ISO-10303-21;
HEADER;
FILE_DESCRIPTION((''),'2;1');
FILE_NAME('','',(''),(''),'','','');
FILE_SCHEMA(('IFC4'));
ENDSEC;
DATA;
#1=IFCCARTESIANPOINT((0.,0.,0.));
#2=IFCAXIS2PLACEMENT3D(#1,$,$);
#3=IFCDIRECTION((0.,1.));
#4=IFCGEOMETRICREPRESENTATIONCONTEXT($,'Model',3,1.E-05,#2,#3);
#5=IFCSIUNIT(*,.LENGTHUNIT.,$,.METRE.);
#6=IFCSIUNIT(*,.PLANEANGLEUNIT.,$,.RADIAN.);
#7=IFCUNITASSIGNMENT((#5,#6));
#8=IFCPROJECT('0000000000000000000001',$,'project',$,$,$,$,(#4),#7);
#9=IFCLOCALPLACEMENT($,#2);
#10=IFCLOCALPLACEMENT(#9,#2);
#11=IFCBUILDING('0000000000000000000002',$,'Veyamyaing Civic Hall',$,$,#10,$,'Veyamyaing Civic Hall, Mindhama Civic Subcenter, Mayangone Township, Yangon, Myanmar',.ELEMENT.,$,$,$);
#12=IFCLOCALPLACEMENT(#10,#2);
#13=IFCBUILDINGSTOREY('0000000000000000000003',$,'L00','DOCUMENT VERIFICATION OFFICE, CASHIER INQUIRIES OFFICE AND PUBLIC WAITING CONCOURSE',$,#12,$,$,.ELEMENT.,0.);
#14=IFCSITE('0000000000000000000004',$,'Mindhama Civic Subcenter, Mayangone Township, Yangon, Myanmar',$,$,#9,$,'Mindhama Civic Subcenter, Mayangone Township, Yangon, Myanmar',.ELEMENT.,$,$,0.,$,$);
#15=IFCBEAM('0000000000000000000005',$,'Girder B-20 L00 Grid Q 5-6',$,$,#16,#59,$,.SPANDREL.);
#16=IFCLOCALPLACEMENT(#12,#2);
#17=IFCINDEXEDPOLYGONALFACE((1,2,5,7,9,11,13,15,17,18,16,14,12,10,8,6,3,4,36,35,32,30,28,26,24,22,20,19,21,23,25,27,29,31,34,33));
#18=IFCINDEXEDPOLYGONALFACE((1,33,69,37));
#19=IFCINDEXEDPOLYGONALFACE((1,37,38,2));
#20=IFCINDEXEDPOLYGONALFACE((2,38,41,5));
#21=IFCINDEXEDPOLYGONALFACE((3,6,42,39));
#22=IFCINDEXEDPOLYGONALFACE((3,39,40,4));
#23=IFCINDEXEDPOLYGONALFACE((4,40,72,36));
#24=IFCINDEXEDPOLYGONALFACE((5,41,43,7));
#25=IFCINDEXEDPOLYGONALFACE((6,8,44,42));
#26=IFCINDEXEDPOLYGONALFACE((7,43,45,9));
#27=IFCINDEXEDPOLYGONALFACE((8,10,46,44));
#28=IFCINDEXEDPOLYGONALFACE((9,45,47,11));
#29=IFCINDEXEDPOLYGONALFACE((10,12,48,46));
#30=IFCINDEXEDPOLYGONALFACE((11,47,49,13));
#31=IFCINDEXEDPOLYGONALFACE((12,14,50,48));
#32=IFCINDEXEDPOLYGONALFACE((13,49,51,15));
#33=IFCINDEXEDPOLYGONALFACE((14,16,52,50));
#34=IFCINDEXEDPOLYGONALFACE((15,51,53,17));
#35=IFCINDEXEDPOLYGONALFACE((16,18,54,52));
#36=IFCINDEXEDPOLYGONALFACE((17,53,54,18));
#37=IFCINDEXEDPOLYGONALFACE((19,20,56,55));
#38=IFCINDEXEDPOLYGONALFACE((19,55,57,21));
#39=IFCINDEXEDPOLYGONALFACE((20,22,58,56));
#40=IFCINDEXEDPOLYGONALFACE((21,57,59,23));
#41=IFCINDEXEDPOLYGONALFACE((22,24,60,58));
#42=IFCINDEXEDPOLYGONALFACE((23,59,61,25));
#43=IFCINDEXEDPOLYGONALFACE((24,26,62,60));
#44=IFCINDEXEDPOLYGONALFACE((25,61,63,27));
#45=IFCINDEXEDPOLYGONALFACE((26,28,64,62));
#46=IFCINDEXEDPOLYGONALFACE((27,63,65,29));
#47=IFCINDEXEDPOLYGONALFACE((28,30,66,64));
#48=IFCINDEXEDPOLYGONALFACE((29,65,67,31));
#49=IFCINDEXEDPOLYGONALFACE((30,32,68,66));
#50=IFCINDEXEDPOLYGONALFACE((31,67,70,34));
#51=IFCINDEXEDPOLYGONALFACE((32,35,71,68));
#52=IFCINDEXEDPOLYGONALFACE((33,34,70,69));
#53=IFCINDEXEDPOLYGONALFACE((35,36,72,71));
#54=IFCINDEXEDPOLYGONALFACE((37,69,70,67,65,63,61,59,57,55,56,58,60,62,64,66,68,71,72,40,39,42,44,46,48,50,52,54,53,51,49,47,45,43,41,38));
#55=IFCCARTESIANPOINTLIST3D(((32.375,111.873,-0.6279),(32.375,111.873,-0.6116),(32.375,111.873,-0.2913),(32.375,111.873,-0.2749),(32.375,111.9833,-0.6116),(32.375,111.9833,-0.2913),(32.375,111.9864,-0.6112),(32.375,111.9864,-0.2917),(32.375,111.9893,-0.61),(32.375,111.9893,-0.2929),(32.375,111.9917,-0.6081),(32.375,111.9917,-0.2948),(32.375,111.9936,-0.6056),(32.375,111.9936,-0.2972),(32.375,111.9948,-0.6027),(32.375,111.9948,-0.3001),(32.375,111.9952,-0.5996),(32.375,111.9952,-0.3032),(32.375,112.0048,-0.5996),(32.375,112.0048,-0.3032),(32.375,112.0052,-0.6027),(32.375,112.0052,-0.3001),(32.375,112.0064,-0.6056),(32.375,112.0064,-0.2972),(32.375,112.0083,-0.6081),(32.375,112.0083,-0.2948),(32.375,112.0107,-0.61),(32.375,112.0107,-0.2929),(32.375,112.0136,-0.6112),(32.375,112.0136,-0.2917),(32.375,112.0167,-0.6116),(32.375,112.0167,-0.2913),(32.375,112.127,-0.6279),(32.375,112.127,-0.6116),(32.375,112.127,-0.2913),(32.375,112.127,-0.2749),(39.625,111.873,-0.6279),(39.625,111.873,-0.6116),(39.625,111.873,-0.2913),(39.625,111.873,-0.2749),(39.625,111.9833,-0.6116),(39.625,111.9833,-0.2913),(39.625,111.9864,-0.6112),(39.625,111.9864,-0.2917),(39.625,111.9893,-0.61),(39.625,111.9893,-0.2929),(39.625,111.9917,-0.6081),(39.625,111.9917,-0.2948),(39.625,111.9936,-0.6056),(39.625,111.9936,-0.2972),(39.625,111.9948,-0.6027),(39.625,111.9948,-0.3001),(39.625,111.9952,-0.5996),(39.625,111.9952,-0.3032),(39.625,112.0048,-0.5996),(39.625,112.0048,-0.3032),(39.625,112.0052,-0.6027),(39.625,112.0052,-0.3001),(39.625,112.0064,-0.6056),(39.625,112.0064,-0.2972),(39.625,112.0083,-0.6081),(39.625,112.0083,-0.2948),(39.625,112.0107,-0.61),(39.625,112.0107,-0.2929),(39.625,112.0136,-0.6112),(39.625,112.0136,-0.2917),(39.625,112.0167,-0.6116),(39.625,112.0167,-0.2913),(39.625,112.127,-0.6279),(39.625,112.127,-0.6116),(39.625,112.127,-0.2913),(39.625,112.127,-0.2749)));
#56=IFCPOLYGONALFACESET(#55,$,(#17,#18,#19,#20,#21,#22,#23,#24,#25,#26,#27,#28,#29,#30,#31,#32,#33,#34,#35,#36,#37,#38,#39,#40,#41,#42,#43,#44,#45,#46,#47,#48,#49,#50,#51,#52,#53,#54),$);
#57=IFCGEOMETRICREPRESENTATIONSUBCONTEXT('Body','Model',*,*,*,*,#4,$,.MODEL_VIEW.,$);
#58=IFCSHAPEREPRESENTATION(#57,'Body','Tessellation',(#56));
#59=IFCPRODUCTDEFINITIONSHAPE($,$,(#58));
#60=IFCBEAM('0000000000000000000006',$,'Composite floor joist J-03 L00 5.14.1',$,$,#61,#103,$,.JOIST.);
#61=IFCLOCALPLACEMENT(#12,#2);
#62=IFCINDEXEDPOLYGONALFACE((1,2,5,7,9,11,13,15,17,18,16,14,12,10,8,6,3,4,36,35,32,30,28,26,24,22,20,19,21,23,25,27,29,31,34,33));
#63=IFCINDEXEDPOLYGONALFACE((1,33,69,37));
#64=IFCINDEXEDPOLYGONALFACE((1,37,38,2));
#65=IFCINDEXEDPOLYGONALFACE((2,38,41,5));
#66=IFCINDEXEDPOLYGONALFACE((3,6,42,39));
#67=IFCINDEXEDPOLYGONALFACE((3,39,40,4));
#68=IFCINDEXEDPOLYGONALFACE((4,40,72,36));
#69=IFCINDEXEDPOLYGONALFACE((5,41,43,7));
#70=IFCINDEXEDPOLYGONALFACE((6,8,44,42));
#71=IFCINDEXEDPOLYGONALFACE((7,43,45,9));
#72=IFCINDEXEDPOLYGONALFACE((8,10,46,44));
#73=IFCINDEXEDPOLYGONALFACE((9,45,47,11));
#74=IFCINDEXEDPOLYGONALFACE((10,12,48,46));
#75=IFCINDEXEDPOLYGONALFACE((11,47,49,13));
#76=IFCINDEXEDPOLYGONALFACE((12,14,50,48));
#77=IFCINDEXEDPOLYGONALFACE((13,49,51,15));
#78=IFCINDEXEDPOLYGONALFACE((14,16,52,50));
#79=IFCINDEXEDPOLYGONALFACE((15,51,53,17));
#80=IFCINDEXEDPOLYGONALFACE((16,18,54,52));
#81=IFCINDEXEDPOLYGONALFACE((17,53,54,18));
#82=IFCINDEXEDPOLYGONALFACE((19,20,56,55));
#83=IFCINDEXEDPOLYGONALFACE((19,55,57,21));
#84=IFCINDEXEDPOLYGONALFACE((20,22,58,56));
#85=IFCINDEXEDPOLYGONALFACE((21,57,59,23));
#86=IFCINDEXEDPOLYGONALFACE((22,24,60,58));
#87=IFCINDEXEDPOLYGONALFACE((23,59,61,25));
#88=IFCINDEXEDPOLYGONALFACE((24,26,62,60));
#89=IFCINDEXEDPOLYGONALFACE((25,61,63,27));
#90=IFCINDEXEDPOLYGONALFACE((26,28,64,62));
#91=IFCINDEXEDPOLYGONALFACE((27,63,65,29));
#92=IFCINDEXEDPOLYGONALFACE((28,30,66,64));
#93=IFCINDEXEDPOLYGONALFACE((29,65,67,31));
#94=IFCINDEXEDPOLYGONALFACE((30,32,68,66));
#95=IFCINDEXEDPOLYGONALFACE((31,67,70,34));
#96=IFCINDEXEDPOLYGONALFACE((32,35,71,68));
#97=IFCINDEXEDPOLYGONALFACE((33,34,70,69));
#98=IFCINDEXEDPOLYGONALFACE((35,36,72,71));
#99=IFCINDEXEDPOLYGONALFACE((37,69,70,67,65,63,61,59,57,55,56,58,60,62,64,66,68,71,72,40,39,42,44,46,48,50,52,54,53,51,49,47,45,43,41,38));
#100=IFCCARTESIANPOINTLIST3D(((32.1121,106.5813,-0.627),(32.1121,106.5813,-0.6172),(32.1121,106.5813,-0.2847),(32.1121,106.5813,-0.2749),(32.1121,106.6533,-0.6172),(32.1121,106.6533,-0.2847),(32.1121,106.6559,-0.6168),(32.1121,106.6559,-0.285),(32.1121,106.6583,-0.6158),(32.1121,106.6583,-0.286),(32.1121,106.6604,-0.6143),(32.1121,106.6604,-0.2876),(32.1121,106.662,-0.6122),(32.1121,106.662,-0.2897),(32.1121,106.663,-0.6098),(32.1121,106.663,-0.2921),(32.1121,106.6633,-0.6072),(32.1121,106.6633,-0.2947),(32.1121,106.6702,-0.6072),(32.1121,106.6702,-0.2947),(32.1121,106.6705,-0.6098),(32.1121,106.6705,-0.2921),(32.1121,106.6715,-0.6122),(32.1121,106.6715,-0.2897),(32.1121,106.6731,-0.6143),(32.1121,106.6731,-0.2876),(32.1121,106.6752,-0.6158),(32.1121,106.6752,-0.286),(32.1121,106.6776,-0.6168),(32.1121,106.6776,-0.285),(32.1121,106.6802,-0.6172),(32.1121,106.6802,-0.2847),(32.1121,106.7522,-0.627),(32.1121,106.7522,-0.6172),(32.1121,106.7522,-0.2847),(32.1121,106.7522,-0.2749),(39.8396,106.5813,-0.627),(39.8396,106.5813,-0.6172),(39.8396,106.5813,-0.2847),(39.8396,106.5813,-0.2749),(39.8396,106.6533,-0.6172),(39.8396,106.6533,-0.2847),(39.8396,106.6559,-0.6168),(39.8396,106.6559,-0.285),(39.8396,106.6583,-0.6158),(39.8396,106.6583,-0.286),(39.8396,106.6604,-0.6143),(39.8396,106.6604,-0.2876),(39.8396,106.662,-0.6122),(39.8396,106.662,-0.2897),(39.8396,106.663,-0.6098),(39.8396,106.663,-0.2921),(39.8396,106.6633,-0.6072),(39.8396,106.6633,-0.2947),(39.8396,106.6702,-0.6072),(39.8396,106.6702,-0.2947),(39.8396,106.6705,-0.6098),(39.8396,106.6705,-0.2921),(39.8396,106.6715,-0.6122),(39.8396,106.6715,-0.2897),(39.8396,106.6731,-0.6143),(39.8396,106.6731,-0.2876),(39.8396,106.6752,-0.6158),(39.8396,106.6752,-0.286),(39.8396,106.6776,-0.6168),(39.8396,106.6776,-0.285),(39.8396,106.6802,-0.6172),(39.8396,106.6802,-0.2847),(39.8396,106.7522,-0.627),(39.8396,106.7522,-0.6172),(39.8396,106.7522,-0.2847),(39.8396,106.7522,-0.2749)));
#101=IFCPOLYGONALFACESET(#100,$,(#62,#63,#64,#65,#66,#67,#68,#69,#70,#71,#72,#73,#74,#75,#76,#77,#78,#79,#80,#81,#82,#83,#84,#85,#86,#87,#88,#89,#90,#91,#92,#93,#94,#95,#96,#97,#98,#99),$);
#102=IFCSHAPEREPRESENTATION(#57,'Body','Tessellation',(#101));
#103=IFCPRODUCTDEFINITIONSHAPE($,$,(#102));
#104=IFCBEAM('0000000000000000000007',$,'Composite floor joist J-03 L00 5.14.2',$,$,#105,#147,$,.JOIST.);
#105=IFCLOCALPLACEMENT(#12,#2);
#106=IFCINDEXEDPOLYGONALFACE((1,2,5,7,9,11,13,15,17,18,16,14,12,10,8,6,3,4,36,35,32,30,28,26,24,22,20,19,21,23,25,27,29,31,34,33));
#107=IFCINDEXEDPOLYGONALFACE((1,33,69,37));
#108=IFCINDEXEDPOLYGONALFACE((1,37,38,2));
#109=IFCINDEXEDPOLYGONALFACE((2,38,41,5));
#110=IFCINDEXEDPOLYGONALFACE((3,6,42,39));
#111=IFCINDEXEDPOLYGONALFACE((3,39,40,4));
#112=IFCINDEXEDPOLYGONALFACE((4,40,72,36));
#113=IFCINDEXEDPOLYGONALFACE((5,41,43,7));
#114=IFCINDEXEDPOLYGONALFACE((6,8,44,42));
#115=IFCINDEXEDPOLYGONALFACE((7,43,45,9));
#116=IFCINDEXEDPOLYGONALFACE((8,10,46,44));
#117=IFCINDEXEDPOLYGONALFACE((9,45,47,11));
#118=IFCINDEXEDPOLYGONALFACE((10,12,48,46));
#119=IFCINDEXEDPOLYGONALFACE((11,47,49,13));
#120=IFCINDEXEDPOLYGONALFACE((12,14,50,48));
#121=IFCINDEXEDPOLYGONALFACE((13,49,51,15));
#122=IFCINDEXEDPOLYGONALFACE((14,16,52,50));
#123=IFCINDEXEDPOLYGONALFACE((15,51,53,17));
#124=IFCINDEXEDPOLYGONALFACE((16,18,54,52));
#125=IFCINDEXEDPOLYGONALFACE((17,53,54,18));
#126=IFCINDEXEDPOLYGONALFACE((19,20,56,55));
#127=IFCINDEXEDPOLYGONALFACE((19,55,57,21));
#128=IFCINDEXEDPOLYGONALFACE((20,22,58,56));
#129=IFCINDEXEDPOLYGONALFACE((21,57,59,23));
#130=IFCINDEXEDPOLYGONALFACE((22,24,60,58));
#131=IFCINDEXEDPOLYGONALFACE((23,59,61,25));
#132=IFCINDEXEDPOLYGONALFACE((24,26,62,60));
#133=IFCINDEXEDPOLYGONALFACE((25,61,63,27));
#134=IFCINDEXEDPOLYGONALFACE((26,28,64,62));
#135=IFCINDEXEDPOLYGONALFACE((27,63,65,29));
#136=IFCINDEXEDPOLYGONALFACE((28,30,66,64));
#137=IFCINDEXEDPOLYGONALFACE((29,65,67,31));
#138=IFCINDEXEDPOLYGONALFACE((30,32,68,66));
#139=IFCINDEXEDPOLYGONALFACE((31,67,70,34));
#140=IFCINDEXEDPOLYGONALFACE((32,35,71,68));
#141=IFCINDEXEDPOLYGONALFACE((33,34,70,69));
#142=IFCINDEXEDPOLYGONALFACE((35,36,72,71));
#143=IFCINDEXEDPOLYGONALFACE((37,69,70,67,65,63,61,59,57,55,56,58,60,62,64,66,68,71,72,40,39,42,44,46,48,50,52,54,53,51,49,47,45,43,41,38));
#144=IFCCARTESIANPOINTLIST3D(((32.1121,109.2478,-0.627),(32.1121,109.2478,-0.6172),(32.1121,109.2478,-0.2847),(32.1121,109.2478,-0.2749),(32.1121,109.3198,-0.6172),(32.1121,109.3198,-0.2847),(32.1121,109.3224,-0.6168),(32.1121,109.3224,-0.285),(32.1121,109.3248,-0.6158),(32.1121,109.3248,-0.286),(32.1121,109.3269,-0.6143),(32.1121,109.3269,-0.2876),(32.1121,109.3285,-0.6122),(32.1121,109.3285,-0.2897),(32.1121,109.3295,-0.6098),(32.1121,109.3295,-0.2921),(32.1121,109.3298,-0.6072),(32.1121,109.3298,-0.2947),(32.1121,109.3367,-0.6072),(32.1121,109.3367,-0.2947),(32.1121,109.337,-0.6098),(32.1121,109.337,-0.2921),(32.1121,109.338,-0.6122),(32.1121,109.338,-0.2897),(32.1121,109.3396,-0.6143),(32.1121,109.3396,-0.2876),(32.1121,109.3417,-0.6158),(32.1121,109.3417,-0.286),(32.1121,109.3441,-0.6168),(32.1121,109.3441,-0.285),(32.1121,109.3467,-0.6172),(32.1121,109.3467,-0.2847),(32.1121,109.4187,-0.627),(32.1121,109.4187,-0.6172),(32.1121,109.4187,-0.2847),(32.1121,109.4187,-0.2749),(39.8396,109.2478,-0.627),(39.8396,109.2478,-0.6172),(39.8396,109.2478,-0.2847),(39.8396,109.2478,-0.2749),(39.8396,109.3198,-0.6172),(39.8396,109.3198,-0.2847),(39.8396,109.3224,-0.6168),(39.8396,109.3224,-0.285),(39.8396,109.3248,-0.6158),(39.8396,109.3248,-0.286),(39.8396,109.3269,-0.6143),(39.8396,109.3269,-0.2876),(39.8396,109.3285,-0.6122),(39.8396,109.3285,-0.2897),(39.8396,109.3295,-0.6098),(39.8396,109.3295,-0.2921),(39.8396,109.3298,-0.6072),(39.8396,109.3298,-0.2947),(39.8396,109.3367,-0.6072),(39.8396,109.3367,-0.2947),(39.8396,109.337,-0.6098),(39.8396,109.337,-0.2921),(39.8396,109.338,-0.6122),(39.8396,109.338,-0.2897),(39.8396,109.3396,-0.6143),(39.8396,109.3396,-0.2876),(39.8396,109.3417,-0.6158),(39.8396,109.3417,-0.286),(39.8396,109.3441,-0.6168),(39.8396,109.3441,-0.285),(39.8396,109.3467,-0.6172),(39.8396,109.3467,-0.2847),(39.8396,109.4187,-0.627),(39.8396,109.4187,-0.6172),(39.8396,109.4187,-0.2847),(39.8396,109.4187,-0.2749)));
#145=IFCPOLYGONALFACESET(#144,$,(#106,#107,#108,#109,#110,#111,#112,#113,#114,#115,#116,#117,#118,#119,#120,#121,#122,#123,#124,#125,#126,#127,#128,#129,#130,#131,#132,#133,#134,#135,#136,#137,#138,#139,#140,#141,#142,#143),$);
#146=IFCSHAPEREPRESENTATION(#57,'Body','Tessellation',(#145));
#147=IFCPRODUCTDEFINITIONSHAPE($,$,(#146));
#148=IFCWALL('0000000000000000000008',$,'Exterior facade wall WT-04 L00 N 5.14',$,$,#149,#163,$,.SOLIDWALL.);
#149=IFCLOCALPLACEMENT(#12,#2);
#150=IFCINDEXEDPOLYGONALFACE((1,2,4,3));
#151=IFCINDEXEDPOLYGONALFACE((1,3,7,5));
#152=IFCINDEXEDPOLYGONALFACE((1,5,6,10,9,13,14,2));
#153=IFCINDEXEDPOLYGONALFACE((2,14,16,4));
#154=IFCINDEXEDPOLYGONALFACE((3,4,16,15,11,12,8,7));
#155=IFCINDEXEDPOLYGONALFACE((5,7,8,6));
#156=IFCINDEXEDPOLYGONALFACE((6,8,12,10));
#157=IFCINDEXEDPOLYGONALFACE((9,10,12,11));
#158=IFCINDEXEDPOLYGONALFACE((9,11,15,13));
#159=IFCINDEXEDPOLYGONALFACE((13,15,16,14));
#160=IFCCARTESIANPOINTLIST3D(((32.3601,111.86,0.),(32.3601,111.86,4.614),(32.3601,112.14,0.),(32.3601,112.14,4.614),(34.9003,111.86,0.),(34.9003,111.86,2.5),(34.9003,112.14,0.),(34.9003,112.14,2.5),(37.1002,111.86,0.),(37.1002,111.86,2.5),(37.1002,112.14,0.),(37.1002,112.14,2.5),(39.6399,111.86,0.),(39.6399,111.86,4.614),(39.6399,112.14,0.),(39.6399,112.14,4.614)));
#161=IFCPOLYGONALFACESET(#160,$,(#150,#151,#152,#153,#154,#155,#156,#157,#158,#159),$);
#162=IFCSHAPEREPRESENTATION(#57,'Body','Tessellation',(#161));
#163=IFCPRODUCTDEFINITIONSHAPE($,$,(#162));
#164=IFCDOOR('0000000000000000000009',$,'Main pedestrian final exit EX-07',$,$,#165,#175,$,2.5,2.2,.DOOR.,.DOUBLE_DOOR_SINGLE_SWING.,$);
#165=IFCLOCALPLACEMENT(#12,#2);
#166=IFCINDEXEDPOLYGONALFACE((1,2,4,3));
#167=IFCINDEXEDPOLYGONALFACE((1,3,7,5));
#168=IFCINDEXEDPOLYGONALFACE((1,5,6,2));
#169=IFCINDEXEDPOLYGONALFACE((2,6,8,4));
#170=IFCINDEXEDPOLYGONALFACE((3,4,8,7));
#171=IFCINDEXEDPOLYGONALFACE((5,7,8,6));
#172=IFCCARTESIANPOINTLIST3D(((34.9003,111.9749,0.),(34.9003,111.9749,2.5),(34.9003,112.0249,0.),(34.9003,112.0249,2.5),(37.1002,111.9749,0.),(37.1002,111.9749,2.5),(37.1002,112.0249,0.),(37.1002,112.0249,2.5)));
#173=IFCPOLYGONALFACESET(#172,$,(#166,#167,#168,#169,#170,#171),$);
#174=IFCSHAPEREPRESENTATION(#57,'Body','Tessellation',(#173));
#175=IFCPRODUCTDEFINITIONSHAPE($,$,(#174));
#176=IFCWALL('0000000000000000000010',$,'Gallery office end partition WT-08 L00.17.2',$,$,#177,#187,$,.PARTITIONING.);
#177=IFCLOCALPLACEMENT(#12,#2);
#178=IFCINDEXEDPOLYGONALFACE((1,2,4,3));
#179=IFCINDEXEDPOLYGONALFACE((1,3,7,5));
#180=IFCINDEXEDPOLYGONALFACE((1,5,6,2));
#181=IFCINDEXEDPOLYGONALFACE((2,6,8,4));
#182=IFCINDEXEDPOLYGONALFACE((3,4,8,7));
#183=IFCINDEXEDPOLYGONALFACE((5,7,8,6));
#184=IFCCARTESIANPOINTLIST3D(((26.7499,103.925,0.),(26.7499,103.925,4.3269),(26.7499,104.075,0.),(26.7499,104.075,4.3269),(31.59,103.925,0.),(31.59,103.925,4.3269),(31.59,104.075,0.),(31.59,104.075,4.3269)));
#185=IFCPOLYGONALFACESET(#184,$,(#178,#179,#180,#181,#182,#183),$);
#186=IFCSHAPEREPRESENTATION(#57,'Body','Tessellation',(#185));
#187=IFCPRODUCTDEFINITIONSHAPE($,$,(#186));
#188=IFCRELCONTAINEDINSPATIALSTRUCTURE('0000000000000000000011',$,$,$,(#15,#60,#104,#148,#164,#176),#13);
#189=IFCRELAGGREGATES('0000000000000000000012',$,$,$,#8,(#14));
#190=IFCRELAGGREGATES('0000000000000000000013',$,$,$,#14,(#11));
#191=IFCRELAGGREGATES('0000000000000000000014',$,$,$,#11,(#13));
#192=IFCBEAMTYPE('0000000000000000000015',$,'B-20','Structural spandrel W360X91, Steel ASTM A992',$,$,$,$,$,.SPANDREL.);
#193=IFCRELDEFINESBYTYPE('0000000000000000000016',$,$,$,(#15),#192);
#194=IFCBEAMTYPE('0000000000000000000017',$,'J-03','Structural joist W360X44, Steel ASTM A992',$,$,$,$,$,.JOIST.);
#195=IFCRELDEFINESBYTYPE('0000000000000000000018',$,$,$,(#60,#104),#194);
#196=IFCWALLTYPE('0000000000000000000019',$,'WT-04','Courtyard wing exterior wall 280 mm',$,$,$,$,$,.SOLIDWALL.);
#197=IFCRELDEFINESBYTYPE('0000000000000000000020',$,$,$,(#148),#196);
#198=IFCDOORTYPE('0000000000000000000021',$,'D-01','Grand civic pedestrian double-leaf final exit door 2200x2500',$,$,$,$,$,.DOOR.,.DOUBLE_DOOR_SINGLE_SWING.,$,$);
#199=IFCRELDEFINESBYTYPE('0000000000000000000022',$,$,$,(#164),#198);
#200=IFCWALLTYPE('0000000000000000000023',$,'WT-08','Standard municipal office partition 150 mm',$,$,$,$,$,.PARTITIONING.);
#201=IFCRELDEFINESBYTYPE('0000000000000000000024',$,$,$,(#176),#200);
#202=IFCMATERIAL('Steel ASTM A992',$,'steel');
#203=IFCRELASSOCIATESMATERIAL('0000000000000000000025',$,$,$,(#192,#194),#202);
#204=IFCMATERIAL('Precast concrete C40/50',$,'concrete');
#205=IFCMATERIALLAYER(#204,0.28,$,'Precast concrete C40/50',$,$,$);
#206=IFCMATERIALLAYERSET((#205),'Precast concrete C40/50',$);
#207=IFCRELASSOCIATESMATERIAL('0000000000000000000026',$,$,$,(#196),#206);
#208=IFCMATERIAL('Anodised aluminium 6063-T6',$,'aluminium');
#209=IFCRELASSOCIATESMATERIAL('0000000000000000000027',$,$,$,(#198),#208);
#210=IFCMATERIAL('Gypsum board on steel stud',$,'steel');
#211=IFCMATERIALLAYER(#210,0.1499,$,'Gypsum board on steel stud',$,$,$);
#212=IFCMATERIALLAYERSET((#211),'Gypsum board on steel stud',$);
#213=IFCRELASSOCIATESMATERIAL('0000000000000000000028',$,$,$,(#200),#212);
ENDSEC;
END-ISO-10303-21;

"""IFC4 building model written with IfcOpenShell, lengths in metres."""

from ifc_helpers import new_model, si_unit, direction, frame, frame_2d, origin, origin_2d, place, context, subcontext, project, spatial, rectangle, i_section, extrude, material, layer, layer_set, material_profile, profile_set, type_object, element, fill, save


model = new_model("IFC4")

# Units and contexts
model_context = context("Model", 3, precision=1e-05, world=origin(), true_north=direction((0.0, 1.0)))
body_context = subcontext(model_context, "Body", "Model", "MODEL_VIEW")
ifc_project = project(units=[si_unit("LENGTHUNIT", "METRE"), si_unit("PLANEANGLEUNIT", "RADIAN")], contexts=[model_context])

# Site, building, storey
site_placement = place(None, origin())
site = spatial("IfcSite", under=ifc_project, at=site_placement, Name="Mindhama Civic Subcenter, Mayangone Township, Yangon, Myanmar", LongName="Mindhama Civic Subcenter, Mayangone Township, Yangon, Myanmar", CompositionType="ELEMENT", RefElevation=0.0)
building_placement = place(site_placement, origin())
building = spatial("IfcBuilding", under=site, at=building_placement, Name="Veyamyaing Civic Hall", LongName="Veyamyaing Civic Hall, Mindhama Civic Subcenter, Mayangone Township, Yangon, Myanmar", CompositionType="ELEMENT")
storey_placement = place(building_placement, origin())
storey = spatial("IfcBuildingStorey", under=building, at=storey_placement, Name="L00", Description="DOCUMENT VERIFICATION OFFICE, CASHIER INQUIRIES OFFICE AND PUBLIC WAITING CONCOURSE", CompositionType="ELEMENT", Elevation=0.0)

# Beams
ifc_material_1 = material(Name="Steel ASTM A992", Category="steel")
ifc_material_profile_1 = material_profile(ifc_material_1, i_section(OverallWidth=0.2539, OverallDepth=0.353, WebThickness=0.0095, FlangeThickness=0.0164, FilletRadius=0.012, at=origin_2d()), Name="W360X91")
ifc_profile_set_1 = profile_set([ifc_material_profile_1], Name="Steel ASTM A992")
beam_type_1 = type_object("IfcBeamType", Name="B-20", Description="Structural spandrel W360X91, Steel ASTM A992", PredefinedType="SPANDREL", material=ifc_profile_set_1)
beam_1_placement = place(storey_placement, frame((32.375, 112.0, -0.4514), z_axis=(1.0, 0.0, 0.0), x_axis=(0.0, 1.0, 0.0)))
element("IfcBeam", 1, at=beam_1_placement, inside=storey, type_object=beam_type_1, Name="Girder B-20 L00 Grid Q 5-6", PredefinedType="SPANDREL", context=body_context, shape_type="SweptSolid", body=[
    extrude(i_section(OverallWidth=0.2539, OverallDepth=0.353, WebThickness=0.0095, FlangeThickness=0.0164, FilletRadius=0.012, at=origin_2d()), origin(), (0.0, 0.0, 1.0), 7.25),
])
ifc_material_profile_2 = material_profile(ifc_material_1, i_section(OverallWidth=0.1709, OverallDepth=0.3521, WebThickness=0.0068, FlangeThickness=0.0098, FilletRadius=0.01, at=origin_2d()), Name="W360X44")
ifc_profile_set_2 = profile_set([ifc_material_profile_2], Name="Steel ASTM A992")
beam_type_2 = type_object("IfcBeamType", Name="J-03", Description="Structural joist W360X44, Steel ASTM A992", PredefinedType="JOIST", material=ifc_profile_set_2)
for number, where, z_axis, x_axis, name in (
    (2, (32.1121, 106.6667, -0.4509), (1.0, 0.0, 0.0), (0.0, 1.0, 0.0), "Composite floor joist J-03 L00 5.14.1"),
    (3, (32.1121, 109.3333, -0.4509), (1.0, 0.0, 0.0), (0.0, 1.0, 0.0), "Composite floor joist J-03 L00 5.14.2"),
):
    element("IfcBeam", number, at=place(storey_placement, frame(where, z_axis=z_axis, x_axis=x_axis)), inside=storey, type_object=beam_type_2, Name=name, PredefinedType="JOIST", context=body_context, shape_type="SweptSolid", body=[
        extrude(i_section(OverallWidth=0.1709, OverallDepth=0.3521, WebThickness=0.0068, FlangeThickness=0.0098, FilletRadius=0.01, at=origin_2d()), origin(), (0.0, 0.0, 1.0), 7.7275),
    ])

# Wall, opening, door
ifc_material_2 = material(Name="Precast concrete C40/50", Category="concrete")
ifc_layer_1 = layer(ifc_material_2, 0.28, Name="Precast concrete C40/50")
ifc_layer_set_1 = layer_set([ifc_layer_1], Name="Precast concrete C40/50")
wall_type_1 = type_object("IfcWallType", Name="WT-04", Description="Courtyard wing exterior wall 280 mm", PredefinedType="SOLIDWALL", material=ifc_layer_set_1)
wall_1_placement = place(storey_placement, frame((32.3601, 112.0, 0.0), z_axis=(0.0, 0.0, 1.0), x_axis=(1.0, 0.0, 0.0)))
wall_1 = element("IfcWall", 4, at=wall_1_placement, inside=storey, type_object=wall_type_1, Name="Exterior facade wall WT-04 L00 N 5.14", PredefinedType="SOLIDWALL", context=body_context, shape_type="SweptSolid", body=[
    extrude(rectangle(XDim=7.2798, YDim=0.28, at=frame_2d((3.6399, 0.0))), origin(), (0.0, 0.0, 1.0), 4.614),
])
opening_1_placement = place(wall_1_placement, frame((2.54, 0.0, 0.0)))
opening_1 = element("IfcOpeningElement", 5, at=opening_1_placement, cuts=wall_1, PredefinedType="OPENING", context=body_context, shape_type="SweptSolid", body=[
    extrude(rectangle(XDim=2.2, YDim=2.5, at=frame_2d((1.1001, 1.25))), frame((0.0, 0.1499, 0.0), z_axis=(0.0, -1.0, 0.0), x_axis=(1.0, 0.0, 0.0)), (0.0, 0.0, 1.0), 0.3),
])
ifc_material_3 = material(Name="Anodised aluminium 6063-T6", Category="aluminium")
door_type_1 = type_object("IfcDoorType", Name="D-01", Description="Grand civic pedestrian double-leaf final exit door 2200x2500", OperationType="DOUBLE_DOOR_SINGLE_SWING", PredefinedType="DOOR", material=ifc_material_3)
door_1_placement = place(opening_1_placement, origin())
door_1 = element("IfcDoor", 6, at=door_1_placement, inside=storey, type_object=door_type_1, Name="Main pedestrian final exit EX-07", OperationType="DOUBLE_DOOR_SINGLE_SWING", OverallHeight=2.5, OverallWidth=2.2, PredefinedType="DOOR", context=body_context, shape_type="SweptSolid", body=[
    extrude(rectangle(XDim=2.2, YDim=2.5, at=frame_2d((1.1001, 1.25))), frame((0.0, 0.0249, 0.0), z_axis=(0.0, -1.0, 0.0), x_axis=(1.0, 0.0, 0.0)), (0.0, 0.0, 1.0), 0.05),
])
fill(opening_1, door_1)

# Wall
ifc_material_4 = material(Name="Gypsum board on steel stud", Category="steel")
ifc_layer_2 = layer(ifc_material_4, 0.1499, Name="Gypsum board on steel stud")
ifc_layer_set_2 = layer_set([ifc_layer_2], Name="Gypsum board on steel stud")
wall_type_2 = type_object("IfcWallType", Name="WT-08", Description="Standard municipal office partition 150 mm", PredefinedType="PARTITIONING", material=ifc_layer_set_2)
wall_2_placement = place(storey_placement, frame((26.75, 104.0, 0.0), z_axis=(0.0, 0.0, 1.0), x_axis=(1.0, 0.0, 0.0)))
element("IfcWall", 7, at=wall_2_placement, inside=storey, type_object=wall_type_2, Name="Gallery office end partition WT-08 L00.17.2", PredefinedType="PARTITIONING", context=body_context, shape_type="SweptSolid", body=[
    extrude(rectangle(XDim=4.8401, YDim=0.1499, at=frame_2d((2.4199, 0.0))), origin(), (0.0, 0.0, 1.0), 4.3269),
])

save(model, "model.ifc")
